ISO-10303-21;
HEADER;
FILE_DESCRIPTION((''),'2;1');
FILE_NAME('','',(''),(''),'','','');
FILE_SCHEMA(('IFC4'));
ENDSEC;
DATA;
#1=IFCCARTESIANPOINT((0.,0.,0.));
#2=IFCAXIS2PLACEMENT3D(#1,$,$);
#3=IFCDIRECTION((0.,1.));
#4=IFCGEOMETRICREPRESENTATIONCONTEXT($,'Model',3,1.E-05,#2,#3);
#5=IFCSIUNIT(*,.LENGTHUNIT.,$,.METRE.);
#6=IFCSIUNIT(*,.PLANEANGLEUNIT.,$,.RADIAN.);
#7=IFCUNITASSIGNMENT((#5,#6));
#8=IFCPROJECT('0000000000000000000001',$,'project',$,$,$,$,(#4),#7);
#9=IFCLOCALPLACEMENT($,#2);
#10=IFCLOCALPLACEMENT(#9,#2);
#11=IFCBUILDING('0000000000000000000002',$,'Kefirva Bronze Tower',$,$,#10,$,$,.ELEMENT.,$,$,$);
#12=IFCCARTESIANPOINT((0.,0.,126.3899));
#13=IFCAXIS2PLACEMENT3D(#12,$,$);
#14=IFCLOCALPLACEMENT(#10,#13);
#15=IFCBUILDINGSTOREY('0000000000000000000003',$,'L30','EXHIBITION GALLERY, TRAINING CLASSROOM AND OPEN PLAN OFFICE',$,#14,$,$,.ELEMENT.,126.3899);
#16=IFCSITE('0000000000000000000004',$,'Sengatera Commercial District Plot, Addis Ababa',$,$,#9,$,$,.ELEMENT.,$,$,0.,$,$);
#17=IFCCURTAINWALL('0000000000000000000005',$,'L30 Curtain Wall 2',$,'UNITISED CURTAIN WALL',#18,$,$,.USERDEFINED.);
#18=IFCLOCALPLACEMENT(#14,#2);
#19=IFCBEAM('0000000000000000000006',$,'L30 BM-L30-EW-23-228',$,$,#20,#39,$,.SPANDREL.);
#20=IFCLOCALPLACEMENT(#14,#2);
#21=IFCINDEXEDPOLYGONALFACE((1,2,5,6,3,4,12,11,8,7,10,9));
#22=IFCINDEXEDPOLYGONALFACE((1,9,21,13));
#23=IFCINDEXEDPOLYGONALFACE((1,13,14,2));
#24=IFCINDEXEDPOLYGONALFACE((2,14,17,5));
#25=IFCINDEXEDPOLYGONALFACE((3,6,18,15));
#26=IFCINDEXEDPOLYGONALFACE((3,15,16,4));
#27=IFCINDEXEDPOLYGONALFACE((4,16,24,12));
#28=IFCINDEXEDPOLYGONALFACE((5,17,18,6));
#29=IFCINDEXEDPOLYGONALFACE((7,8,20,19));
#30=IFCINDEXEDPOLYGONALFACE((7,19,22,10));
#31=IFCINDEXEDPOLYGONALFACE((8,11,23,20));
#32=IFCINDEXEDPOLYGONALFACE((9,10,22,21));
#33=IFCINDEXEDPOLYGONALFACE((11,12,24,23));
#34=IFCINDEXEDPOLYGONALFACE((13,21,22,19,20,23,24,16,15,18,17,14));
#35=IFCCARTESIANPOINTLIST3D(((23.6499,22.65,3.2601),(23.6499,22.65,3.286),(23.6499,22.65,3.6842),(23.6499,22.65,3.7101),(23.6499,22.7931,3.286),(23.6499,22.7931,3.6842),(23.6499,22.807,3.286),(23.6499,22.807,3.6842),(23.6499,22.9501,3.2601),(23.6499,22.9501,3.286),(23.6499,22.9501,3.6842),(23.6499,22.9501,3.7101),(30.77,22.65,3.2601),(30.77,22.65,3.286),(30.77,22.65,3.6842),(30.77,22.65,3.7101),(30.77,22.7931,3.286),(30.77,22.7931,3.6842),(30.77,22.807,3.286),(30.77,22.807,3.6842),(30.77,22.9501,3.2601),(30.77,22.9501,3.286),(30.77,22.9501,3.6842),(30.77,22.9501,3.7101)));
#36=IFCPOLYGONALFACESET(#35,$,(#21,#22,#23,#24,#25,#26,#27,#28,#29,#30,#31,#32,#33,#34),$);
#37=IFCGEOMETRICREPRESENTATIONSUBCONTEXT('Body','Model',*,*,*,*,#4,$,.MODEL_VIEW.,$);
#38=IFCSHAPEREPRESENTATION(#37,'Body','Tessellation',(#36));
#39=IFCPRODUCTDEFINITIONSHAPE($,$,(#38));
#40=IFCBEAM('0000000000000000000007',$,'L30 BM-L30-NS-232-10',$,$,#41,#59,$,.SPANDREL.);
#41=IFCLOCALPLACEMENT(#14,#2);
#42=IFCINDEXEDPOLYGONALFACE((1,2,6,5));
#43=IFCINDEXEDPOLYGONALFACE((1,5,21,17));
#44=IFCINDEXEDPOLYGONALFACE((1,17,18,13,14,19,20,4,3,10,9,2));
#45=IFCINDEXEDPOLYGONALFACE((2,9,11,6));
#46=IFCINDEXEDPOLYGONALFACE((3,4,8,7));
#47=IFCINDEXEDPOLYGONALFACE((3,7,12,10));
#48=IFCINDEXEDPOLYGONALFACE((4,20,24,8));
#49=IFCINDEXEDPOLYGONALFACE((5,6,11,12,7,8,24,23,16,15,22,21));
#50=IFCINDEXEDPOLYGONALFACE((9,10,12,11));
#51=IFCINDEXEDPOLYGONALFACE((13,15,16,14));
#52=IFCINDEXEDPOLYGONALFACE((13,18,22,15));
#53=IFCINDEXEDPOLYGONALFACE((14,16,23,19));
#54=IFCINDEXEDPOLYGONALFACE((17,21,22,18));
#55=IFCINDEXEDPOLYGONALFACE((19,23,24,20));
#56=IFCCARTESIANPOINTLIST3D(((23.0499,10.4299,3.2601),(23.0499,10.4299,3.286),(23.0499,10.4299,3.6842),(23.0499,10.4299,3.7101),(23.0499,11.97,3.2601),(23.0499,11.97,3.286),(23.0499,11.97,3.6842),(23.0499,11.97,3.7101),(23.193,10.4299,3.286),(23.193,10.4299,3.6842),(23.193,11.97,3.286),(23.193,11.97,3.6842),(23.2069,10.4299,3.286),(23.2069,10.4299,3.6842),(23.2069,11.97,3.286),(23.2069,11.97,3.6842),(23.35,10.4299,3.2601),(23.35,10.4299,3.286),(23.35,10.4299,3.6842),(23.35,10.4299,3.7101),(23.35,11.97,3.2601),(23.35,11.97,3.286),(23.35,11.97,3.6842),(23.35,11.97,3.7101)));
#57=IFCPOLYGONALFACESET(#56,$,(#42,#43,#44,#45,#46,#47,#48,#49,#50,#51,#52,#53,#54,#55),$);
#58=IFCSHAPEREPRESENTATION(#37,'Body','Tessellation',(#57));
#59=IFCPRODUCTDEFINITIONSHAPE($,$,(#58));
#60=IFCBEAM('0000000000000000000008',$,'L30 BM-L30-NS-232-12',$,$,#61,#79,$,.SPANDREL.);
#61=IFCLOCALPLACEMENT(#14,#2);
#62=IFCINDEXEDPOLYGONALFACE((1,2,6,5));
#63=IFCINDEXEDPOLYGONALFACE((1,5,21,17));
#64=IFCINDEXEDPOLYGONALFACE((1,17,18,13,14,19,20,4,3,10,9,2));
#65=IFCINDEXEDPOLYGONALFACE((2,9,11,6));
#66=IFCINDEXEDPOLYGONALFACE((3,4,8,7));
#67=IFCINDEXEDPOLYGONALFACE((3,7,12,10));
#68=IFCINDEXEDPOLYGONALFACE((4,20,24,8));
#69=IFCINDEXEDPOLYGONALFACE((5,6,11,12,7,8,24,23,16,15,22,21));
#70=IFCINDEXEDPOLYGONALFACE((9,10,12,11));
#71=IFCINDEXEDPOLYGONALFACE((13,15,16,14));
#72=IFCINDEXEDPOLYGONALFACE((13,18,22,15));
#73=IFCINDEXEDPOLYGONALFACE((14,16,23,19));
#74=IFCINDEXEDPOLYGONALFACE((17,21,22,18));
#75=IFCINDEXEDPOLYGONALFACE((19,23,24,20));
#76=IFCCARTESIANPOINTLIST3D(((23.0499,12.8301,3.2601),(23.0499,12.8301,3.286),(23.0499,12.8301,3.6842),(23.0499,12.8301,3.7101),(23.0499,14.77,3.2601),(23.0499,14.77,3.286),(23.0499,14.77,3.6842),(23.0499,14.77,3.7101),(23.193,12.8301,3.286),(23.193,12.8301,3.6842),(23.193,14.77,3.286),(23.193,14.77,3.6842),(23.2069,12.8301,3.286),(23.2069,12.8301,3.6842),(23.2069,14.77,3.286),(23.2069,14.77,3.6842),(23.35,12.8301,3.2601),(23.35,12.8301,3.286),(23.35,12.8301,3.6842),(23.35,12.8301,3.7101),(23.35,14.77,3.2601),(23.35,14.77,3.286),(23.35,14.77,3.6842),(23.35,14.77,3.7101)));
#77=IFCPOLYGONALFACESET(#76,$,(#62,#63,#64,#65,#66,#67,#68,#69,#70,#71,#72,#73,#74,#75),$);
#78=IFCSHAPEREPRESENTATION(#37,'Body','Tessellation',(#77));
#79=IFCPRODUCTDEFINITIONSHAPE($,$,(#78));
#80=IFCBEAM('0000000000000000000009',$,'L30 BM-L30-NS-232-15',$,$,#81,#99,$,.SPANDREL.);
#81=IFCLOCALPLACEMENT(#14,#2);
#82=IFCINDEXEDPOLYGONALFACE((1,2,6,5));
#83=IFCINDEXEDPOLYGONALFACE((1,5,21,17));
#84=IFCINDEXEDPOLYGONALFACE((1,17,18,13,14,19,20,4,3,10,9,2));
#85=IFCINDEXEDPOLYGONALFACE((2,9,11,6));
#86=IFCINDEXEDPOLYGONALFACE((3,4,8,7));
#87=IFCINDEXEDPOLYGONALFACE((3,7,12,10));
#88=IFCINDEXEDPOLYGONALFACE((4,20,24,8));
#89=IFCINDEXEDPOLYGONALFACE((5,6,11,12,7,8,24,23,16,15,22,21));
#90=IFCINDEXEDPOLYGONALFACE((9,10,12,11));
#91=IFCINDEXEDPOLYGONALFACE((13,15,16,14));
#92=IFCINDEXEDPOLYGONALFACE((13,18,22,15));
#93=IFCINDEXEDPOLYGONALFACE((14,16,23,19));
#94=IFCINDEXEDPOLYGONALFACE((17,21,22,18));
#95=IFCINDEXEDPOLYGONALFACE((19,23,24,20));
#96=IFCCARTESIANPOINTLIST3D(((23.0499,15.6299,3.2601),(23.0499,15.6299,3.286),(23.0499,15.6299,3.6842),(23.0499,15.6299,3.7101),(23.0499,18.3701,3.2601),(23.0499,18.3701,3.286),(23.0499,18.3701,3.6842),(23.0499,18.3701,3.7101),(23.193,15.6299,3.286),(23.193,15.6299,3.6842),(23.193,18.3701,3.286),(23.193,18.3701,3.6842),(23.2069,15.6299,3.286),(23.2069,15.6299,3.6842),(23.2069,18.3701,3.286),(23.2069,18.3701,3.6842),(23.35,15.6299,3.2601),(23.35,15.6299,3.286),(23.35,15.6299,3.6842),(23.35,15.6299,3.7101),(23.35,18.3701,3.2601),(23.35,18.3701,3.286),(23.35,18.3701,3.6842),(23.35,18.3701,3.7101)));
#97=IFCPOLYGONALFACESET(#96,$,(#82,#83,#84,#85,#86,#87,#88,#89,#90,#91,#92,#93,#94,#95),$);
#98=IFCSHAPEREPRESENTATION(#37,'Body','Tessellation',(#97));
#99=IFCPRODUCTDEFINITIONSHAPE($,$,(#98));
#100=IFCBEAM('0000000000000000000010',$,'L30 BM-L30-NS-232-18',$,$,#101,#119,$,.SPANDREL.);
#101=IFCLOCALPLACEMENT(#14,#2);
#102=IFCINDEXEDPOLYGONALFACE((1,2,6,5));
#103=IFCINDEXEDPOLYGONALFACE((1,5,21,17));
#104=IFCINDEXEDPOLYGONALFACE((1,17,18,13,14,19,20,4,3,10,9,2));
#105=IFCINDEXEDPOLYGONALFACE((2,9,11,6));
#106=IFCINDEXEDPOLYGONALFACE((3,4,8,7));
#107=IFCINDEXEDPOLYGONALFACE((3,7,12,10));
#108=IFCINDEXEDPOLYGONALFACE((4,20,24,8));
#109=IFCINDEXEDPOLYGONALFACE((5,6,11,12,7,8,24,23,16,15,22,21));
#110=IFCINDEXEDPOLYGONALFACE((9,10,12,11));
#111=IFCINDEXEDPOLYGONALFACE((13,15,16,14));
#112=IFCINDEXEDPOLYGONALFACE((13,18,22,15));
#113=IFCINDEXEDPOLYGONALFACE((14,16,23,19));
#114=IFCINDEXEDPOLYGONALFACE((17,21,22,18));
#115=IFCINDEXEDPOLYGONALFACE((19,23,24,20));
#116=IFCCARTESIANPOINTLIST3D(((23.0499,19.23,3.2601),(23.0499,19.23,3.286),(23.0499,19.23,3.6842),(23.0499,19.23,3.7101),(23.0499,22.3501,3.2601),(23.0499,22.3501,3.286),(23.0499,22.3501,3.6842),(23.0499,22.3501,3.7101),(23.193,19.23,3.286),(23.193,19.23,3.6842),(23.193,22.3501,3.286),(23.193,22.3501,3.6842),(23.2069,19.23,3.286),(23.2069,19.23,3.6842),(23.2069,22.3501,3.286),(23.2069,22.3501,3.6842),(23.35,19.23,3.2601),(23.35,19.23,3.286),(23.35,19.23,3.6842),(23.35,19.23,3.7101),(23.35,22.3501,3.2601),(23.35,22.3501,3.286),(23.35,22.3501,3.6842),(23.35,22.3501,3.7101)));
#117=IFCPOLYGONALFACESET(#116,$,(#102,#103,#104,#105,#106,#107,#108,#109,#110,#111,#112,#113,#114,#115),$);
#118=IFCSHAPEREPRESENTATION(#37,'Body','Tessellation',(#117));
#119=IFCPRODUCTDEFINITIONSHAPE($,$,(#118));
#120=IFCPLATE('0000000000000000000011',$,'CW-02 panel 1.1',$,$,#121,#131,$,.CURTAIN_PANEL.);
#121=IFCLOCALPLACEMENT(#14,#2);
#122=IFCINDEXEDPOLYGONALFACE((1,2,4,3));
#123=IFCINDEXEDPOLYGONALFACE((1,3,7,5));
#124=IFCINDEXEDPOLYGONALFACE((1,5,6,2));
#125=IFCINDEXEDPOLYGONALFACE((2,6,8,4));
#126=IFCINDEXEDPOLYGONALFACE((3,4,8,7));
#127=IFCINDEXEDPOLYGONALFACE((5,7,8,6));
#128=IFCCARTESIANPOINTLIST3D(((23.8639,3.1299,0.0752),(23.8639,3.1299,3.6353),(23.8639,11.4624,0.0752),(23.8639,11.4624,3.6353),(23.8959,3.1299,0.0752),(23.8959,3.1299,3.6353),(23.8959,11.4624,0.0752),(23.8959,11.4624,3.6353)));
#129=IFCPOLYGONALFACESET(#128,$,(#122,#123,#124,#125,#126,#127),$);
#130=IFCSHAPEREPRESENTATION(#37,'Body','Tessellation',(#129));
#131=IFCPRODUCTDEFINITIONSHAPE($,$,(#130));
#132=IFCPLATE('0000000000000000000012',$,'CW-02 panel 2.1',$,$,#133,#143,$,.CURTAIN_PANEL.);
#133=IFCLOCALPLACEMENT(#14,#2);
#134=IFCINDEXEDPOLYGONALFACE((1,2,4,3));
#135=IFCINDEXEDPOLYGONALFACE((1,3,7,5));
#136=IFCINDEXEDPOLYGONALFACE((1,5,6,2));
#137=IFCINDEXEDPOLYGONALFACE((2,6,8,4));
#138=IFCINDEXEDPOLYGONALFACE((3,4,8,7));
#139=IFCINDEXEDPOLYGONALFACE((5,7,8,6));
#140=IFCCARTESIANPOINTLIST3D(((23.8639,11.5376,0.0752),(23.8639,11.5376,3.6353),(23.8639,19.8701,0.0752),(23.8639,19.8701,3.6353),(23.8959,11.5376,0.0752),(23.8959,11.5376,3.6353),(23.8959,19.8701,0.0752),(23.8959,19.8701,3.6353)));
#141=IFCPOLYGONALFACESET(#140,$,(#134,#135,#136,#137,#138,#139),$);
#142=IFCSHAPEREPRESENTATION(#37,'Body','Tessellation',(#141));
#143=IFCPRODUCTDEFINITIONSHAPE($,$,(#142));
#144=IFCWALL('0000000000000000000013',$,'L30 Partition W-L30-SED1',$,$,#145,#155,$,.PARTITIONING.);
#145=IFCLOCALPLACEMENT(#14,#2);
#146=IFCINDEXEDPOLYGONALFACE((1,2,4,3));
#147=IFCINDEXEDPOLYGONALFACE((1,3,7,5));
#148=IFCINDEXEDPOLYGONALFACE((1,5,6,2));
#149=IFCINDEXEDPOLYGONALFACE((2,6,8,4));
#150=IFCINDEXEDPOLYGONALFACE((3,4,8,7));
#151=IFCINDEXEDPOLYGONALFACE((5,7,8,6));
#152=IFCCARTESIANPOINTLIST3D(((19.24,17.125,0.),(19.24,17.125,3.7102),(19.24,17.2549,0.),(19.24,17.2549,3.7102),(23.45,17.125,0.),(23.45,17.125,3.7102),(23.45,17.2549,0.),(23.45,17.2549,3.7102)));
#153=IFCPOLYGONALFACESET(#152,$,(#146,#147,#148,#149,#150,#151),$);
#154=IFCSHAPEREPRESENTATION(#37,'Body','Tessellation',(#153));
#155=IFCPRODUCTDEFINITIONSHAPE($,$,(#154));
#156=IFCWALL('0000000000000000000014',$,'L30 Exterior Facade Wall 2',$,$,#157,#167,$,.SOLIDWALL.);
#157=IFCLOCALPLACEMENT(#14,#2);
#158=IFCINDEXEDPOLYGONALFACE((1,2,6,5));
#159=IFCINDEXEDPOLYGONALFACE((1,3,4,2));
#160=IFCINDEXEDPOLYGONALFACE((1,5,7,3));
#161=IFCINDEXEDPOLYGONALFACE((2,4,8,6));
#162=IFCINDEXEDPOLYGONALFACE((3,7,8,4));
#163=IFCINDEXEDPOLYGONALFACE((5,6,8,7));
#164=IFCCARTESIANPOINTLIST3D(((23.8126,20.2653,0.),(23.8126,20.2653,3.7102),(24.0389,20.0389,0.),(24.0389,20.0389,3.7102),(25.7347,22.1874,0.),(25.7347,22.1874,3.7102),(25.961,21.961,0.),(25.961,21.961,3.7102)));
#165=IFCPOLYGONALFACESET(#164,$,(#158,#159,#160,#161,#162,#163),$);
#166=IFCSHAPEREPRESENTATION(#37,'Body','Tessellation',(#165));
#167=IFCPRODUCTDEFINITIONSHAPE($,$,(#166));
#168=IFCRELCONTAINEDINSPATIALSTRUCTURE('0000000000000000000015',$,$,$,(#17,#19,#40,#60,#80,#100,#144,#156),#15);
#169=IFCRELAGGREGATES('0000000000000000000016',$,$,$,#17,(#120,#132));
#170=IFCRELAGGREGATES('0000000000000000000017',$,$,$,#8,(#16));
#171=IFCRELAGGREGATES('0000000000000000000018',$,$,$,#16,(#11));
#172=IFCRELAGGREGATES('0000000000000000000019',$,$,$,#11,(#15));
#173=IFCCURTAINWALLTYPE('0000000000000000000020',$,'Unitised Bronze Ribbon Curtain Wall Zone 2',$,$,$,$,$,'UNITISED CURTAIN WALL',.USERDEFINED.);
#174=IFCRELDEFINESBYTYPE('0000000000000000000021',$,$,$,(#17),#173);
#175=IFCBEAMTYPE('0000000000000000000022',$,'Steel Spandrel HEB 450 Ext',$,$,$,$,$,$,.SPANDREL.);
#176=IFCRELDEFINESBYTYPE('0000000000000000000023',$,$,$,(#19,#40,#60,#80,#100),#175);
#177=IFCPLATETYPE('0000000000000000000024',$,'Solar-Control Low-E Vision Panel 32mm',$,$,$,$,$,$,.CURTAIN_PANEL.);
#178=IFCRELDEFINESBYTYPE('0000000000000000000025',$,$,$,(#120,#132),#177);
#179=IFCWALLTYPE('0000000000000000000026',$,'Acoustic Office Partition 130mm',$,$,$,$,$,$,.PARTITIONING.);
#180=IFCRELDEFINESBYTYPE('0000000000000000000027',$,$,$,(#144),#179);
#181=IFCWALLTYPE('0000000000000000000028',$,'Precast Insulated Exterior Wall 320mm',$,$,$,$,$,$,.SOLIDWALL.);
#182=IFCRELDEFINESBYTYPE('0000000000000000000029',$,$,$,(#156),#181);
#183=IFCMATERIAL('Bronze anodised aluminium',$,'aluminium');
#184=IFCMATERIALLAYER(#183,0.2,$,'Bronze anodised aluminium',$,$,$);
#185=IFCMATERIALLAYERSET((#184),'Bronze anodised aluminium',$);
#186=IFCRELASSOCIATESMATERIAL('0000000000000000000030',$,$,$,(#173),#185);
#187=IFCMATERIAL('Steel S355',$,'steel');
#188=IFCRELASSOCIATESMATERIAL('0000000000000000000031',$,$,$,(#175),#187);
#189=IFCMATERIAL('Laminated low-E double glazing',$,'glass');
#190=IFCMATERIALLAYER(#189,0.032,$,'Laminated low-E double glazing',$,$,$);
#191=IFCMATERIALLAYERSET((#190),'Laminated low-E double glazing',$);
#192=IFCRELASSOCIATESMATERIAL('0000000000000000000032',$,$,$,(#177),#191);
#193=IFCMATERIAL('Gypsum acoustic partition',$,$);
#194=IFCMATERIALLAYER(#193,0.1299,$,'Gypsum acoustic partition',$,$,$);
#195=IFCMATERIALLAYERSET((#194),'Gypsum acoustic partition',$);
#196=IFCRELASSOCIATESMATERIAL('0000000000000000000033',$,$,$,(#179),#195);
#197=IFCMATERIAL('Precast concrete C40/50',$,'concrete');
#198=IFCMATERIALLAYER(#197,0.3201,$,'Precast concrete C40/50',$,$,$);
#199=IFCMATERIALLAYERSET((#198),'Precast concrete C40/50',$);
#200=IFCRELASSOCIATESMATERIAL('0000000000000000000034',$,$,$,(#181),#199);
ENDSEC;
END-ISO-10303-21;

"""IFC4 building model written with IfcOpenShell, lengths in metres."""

from ifc_helpers import new_model, si_unit, direction, frame, frame_2d, origin, origin_2d, place, context, subcontext, project, spatial, rectangle, i_section, extrude, material, layer, layer_set, material_profile, profile_set, type_object, element, aggregate, save


model = new_model("IFC4")

# Units and contexts
model_context = context("Model", 3, precision=1e-05, world=origin(), true_north=direction((0.0, 1.0)))
body_context = subcontext(model_context, "Body", "Model", "MODEL_VIEW")
ifc_project = project(units=[si_unit("LENGTHUNIT", "METRE"), si_unit("PLANEANGLEUNIT", "RADIAN")], contexts=[model_context])

# Site, building, storey
site_placement = place(None, origin())
site = spatial("IfcSite", under=ifc_project, at=site_placement, Name="Sengatera Commercial District Plot, Addis Ababa", CompositionType="ELEMENT", RefElevation=0.0)
building_placement = place(site_placement, origin())
building = spatial("IfcBuilding", under=site, at=building_placement, Name="Kefirva Bronze Tower", CompositionType="ELEMENT")
storey_placement = place(building_placement, frame((0.0, 0.0, 126.3899)))
storey = spatial("IfcBuildingStorey", under=building, at=storey_placement, Name="L30", Description="EXHIBITION GALLERY, TRAINING CLASSROOM AND OPEN PLAN OFFICE", CompositionType="ELEMENT", Elevation=126.3899)

# Curtain wall
ifc_material_1 = material(Name="Bronze anodised aluminium", Category="aluminium")
ifc_layer_1 = layer(ifc_material_1, 0.2, Name="Bronze anodised aluminium")
ifc_layer_set_1 = layer_set([ifc_layer_1], Name="Bronze anodised aluminium")
curtain_wall_type = type_object("IfcCurtainWallType", Name="Unitised Bronze Ribbon Curtain Wall Zone 2", ElementType="UNITISED CURTAIN WALL", PredefinedType="USERDEFINED", material=ifc_layer_set_1)
curtain_wall_placement = place(storey_placement, origin())
curtain_wall = element("IfcCurtainWall", 1, at=curtain_wall_placement, inside=storey, type_object=curtain_wall_type, Name="L30 Curtain Wall 2", ObjectType="UNITISED CURTAIN WALL", PredefinedType="USERDEFINED")

# Beams
ifc_material_2 = material(Name="Steel S355", Category="steel")
ifc_material_profile_1 = material_profile(ifc_material_2, i_section(OverallWidth=0.3, OverallDepth=0.45, WebThickness=0.0139, FlangeThickness=0.0259, at=origin_2d()), Name="HEB 450")
ifc_profile_set_1 = profile_set([ifc_material_profile_1], Name="Steel S355")
beam_type_1 = type_object("IfcBeamType", Name="Steel Spandrel HEB 450 Ext", PredefinedType="SPANDREL", material=ifc_profile_set_1)
beam_1_placement = place(storey_placement, frame((23.6499, 22.8, 3.4851), z_axis=(1.0, 0.0, 0.0), x_axis=(0.0, 1.0, 0.0)))
element("IfcBeam", 2, at=beam_1_placement, inside=storey, type_object=beam_type_1, Name="L30 BM-L30-EW-23-228", PredefinedType="SPANDREL", context=body_context, shape_type="SweptSolid", body=[
    extrude(i_section(OverallWidth=0.3, OverallDepth=0.45, WebThickness=0.0139, FlangeThickness=0.0259, at=origin_2d()), origin(), (0.0, 0.0, 1.0), 7.1201),
])
beam_2_placement = place(storey_placement, frame((23.2, 10.4299, 3.4851), z_axis=(0.0, 1.0, 0.0), x_axis=(-1.0, 0.0, 0.0)))
element("IfcBeam", 3, at=beam_2_placement, inside=storey, type_object=beam_type_1, Name="L30 BM-L30-NS-232-10", PredefinedType="SPANDREL", context=body_context, shape_type="SweptSolid", body=[
    extrude(i_section(OverallWidth=0.3, OverallDepth=0.45, WebThickness=0.0139, FlangeThickness=0.0259, at=origin_2d()), origin(), (0.0, 0.0, 1.0), 1.54),
])
beam_3_placement = place(storey_placement, frame((23.2, 12.8301, 3.4851), z_axis=(0.0, 1.0, 0.0), x_axis=(-1.0, 0.0, 0.0)))
element("IfcBeam", 4, at=beam_3_placement, inside=storey, type_object=beam_type_1, Name="L30 BM-L30-NS-232-12", PredefinedType="SPANDREL", context=body_context, shape_type="SweptSolid", body=[
    extrude(i_section(OverallWidth=0.3, OverallDepth=0.45, WebThickness=0.0139, FlangeThickness=0.0259, at=origin_2d()), origin(), (0.0, 0.0, 1.0), 1.9399),
])
beam_4_placement = place(storey_placement, frame((23.2, 15.6299, 3.4851), z_axis=(0.0, 1.0, 0.0), x_axis=(-1.0, 0.0, 0.0)))
element("IfcBeam", 5, at=beam_4_placement, inside=storey, type_object=beam_type_1, Name="L30 BM-L30-NS-232-15", PredefinedType="SPANDREL", context=body_context, shape_type="SweptSolid", body=[
    extrude(i_section(OverallWidth=0.3, OverallDepth=0.45, WebThickness=0.0139, FlangeThickness=0.0259, at=origin_2d()), origin(), (0.0, 0.0, 1.0), 2.7402),
])
beam_5_placement = place(storey_placement, frame((23.2, 19.23, 3.4851), z_axis=(0.0, 1.0, 0.0), x_axis=(-1.0, 0.0, 0.0)))
element("IfcBeam", 6, at=beam_5_placement, inside=storey, type_object=beam_type_1, Name="L30 BM-L30-NS-232-18", PredefinedType="SPANDREL", context=body_context, shape_type="SweptSolid", body=[
    extrude(i_section(OverallWidth=0.3, OverallDepth=0.45, WebThickness=0.0139, FlangeThickness=0.0259, at=origin_2d()), origin(), (0.0, 0.0, 1.0), 3.1201),
])

# Plates
ifc_material_3 = material(Name="Laminated low-E double glazing", Category="glass")
ifc_layer_2 = layer(ifc_material_3, 0.032, Name="Laminated low-E double glazing")
ifc_layer_set_2 = layer_set([ifc_layer_2], Name="Laminated low-E double glazing")
plate_type = type_object("IfcPlateType", Name="Solar-Control Low-E Vision Panel 32mm", PredefinedType="CURTAIN_PANEL", material=ifc_layer_set_2)
plate_1_placement = place(storey_placement, frame((23.8799, 7.2961, 0.0752), z_axis=(0.0, 0.0, 1.0), x_axis=(0.0, 1.0, 0.0)))
plate_1 = element("IfcPlate", 7, at=plate_1_placement, type_object=plate_type, Name="CW-02 panel 1.1", PredefinedType="CURTAIN_PANEL", context=body_context, shape_type="SweptSolid", body=[
    extrude(rectangle(XDim=8.3325, YDim=0.032, at=origin_2d()), origin(), (0.0, 0.0, 1.0), 3.5601),
])
plate_2_placement = place(storey_placement, frame((23.8799, 15.7039, 0.0752), z_axis=(0.0, 0.0, 1.0), x_axis=(0.0, 1.0, 0.0)))
plate_2 = element("IfcPlate", 8, at=plate_2_placement, type_object=plate_type, Name="CW-02 panel 2.1", PredefinedType="CURTAIN_PANEL", context=body_context, shape_type="SweptSolid", body=[
    extrude(rectangle(XDim=8.3325, YDim=0.032, at=origin_2d()), origin(), (0.0, 0.0, 1.0), 3.5601),
])
aggregate(curtain_wall, [plate_1, plate_2])

# Walls
ifc_material_4 = material(Name="Gypsum acoustic partition")
ifc_layer_3 = layer(ifc_material_4, 0.1299, Name="Gypsum acoustic partition")
ifc_layer_set_3 = layer_set([ifc_layer_3], Name="Gypsum acoustic partition")
wall_type_1 = type_object("IfcWallType", Name="Acoustic Office Partition 130mm", PredefinedType="PARTITIONING", material=ifc_layer_set_3)
wall_1_placement = place(storey_placement, frame((19.24, 17.1899, 0.0), z_axis=(0.0, 0.0, 1.0), x_axis=(1.0, 0.0, 0.0)))
element("IfcWall", 9, at=wall_1_placement, inside=storey, type_object=wall_type_1, Name="L30 Partition W-L30-SED1", PredefinedType="PARTITIONING", context=body_context, shape_type="SweptSolid", body=[
    extrude(rectangle(XDim=4.21, YDim=0.1299, at=frame_2d((2.105, 0.0))), origin(), (0.0, 0.0, 1.0), 3.7102),
])
ifc_material_5 = material(Name="Precast concrete C40/50", Category="concrete")
ifc_layer_4 = layer(ifc_material_5, 0.3201, Name="Precast concrete C40/50")
ifc_layer_set_4 = layer_set([ifc_layer_4], Name="Precast concrete C40/50")
wall_type_2 = type_object("IfcWallType", Name="Precast Insulated Exterior Wall 320mm", PredefinedType="SOLIDWALL", material=ifc_layer_set_4)
wall_2_placement = place(storey_placement, frame((23.9258, 20.1521, 0.0), z_axis=(0.0, 0.0, 1.0), x_axis=(0.707107, 0.707107, 0.0)))
element("IfcWall", 10, at=wall_2_placement, inside=storey, type_object=wall_type_2, Name="L30 Exterior Facade Wall 2", PredefinedType="SOLIDWALL", context=body_context, shape_type="SweptSolid", body=[
    extrude(rectangle(XDim=2.7183, YDim=0.3201, at=frame_2d((1.3591, 0.0))), origin(), (0.0, 0.0, 1.0), 3.7102),
])

save(model, "model.ifc")
